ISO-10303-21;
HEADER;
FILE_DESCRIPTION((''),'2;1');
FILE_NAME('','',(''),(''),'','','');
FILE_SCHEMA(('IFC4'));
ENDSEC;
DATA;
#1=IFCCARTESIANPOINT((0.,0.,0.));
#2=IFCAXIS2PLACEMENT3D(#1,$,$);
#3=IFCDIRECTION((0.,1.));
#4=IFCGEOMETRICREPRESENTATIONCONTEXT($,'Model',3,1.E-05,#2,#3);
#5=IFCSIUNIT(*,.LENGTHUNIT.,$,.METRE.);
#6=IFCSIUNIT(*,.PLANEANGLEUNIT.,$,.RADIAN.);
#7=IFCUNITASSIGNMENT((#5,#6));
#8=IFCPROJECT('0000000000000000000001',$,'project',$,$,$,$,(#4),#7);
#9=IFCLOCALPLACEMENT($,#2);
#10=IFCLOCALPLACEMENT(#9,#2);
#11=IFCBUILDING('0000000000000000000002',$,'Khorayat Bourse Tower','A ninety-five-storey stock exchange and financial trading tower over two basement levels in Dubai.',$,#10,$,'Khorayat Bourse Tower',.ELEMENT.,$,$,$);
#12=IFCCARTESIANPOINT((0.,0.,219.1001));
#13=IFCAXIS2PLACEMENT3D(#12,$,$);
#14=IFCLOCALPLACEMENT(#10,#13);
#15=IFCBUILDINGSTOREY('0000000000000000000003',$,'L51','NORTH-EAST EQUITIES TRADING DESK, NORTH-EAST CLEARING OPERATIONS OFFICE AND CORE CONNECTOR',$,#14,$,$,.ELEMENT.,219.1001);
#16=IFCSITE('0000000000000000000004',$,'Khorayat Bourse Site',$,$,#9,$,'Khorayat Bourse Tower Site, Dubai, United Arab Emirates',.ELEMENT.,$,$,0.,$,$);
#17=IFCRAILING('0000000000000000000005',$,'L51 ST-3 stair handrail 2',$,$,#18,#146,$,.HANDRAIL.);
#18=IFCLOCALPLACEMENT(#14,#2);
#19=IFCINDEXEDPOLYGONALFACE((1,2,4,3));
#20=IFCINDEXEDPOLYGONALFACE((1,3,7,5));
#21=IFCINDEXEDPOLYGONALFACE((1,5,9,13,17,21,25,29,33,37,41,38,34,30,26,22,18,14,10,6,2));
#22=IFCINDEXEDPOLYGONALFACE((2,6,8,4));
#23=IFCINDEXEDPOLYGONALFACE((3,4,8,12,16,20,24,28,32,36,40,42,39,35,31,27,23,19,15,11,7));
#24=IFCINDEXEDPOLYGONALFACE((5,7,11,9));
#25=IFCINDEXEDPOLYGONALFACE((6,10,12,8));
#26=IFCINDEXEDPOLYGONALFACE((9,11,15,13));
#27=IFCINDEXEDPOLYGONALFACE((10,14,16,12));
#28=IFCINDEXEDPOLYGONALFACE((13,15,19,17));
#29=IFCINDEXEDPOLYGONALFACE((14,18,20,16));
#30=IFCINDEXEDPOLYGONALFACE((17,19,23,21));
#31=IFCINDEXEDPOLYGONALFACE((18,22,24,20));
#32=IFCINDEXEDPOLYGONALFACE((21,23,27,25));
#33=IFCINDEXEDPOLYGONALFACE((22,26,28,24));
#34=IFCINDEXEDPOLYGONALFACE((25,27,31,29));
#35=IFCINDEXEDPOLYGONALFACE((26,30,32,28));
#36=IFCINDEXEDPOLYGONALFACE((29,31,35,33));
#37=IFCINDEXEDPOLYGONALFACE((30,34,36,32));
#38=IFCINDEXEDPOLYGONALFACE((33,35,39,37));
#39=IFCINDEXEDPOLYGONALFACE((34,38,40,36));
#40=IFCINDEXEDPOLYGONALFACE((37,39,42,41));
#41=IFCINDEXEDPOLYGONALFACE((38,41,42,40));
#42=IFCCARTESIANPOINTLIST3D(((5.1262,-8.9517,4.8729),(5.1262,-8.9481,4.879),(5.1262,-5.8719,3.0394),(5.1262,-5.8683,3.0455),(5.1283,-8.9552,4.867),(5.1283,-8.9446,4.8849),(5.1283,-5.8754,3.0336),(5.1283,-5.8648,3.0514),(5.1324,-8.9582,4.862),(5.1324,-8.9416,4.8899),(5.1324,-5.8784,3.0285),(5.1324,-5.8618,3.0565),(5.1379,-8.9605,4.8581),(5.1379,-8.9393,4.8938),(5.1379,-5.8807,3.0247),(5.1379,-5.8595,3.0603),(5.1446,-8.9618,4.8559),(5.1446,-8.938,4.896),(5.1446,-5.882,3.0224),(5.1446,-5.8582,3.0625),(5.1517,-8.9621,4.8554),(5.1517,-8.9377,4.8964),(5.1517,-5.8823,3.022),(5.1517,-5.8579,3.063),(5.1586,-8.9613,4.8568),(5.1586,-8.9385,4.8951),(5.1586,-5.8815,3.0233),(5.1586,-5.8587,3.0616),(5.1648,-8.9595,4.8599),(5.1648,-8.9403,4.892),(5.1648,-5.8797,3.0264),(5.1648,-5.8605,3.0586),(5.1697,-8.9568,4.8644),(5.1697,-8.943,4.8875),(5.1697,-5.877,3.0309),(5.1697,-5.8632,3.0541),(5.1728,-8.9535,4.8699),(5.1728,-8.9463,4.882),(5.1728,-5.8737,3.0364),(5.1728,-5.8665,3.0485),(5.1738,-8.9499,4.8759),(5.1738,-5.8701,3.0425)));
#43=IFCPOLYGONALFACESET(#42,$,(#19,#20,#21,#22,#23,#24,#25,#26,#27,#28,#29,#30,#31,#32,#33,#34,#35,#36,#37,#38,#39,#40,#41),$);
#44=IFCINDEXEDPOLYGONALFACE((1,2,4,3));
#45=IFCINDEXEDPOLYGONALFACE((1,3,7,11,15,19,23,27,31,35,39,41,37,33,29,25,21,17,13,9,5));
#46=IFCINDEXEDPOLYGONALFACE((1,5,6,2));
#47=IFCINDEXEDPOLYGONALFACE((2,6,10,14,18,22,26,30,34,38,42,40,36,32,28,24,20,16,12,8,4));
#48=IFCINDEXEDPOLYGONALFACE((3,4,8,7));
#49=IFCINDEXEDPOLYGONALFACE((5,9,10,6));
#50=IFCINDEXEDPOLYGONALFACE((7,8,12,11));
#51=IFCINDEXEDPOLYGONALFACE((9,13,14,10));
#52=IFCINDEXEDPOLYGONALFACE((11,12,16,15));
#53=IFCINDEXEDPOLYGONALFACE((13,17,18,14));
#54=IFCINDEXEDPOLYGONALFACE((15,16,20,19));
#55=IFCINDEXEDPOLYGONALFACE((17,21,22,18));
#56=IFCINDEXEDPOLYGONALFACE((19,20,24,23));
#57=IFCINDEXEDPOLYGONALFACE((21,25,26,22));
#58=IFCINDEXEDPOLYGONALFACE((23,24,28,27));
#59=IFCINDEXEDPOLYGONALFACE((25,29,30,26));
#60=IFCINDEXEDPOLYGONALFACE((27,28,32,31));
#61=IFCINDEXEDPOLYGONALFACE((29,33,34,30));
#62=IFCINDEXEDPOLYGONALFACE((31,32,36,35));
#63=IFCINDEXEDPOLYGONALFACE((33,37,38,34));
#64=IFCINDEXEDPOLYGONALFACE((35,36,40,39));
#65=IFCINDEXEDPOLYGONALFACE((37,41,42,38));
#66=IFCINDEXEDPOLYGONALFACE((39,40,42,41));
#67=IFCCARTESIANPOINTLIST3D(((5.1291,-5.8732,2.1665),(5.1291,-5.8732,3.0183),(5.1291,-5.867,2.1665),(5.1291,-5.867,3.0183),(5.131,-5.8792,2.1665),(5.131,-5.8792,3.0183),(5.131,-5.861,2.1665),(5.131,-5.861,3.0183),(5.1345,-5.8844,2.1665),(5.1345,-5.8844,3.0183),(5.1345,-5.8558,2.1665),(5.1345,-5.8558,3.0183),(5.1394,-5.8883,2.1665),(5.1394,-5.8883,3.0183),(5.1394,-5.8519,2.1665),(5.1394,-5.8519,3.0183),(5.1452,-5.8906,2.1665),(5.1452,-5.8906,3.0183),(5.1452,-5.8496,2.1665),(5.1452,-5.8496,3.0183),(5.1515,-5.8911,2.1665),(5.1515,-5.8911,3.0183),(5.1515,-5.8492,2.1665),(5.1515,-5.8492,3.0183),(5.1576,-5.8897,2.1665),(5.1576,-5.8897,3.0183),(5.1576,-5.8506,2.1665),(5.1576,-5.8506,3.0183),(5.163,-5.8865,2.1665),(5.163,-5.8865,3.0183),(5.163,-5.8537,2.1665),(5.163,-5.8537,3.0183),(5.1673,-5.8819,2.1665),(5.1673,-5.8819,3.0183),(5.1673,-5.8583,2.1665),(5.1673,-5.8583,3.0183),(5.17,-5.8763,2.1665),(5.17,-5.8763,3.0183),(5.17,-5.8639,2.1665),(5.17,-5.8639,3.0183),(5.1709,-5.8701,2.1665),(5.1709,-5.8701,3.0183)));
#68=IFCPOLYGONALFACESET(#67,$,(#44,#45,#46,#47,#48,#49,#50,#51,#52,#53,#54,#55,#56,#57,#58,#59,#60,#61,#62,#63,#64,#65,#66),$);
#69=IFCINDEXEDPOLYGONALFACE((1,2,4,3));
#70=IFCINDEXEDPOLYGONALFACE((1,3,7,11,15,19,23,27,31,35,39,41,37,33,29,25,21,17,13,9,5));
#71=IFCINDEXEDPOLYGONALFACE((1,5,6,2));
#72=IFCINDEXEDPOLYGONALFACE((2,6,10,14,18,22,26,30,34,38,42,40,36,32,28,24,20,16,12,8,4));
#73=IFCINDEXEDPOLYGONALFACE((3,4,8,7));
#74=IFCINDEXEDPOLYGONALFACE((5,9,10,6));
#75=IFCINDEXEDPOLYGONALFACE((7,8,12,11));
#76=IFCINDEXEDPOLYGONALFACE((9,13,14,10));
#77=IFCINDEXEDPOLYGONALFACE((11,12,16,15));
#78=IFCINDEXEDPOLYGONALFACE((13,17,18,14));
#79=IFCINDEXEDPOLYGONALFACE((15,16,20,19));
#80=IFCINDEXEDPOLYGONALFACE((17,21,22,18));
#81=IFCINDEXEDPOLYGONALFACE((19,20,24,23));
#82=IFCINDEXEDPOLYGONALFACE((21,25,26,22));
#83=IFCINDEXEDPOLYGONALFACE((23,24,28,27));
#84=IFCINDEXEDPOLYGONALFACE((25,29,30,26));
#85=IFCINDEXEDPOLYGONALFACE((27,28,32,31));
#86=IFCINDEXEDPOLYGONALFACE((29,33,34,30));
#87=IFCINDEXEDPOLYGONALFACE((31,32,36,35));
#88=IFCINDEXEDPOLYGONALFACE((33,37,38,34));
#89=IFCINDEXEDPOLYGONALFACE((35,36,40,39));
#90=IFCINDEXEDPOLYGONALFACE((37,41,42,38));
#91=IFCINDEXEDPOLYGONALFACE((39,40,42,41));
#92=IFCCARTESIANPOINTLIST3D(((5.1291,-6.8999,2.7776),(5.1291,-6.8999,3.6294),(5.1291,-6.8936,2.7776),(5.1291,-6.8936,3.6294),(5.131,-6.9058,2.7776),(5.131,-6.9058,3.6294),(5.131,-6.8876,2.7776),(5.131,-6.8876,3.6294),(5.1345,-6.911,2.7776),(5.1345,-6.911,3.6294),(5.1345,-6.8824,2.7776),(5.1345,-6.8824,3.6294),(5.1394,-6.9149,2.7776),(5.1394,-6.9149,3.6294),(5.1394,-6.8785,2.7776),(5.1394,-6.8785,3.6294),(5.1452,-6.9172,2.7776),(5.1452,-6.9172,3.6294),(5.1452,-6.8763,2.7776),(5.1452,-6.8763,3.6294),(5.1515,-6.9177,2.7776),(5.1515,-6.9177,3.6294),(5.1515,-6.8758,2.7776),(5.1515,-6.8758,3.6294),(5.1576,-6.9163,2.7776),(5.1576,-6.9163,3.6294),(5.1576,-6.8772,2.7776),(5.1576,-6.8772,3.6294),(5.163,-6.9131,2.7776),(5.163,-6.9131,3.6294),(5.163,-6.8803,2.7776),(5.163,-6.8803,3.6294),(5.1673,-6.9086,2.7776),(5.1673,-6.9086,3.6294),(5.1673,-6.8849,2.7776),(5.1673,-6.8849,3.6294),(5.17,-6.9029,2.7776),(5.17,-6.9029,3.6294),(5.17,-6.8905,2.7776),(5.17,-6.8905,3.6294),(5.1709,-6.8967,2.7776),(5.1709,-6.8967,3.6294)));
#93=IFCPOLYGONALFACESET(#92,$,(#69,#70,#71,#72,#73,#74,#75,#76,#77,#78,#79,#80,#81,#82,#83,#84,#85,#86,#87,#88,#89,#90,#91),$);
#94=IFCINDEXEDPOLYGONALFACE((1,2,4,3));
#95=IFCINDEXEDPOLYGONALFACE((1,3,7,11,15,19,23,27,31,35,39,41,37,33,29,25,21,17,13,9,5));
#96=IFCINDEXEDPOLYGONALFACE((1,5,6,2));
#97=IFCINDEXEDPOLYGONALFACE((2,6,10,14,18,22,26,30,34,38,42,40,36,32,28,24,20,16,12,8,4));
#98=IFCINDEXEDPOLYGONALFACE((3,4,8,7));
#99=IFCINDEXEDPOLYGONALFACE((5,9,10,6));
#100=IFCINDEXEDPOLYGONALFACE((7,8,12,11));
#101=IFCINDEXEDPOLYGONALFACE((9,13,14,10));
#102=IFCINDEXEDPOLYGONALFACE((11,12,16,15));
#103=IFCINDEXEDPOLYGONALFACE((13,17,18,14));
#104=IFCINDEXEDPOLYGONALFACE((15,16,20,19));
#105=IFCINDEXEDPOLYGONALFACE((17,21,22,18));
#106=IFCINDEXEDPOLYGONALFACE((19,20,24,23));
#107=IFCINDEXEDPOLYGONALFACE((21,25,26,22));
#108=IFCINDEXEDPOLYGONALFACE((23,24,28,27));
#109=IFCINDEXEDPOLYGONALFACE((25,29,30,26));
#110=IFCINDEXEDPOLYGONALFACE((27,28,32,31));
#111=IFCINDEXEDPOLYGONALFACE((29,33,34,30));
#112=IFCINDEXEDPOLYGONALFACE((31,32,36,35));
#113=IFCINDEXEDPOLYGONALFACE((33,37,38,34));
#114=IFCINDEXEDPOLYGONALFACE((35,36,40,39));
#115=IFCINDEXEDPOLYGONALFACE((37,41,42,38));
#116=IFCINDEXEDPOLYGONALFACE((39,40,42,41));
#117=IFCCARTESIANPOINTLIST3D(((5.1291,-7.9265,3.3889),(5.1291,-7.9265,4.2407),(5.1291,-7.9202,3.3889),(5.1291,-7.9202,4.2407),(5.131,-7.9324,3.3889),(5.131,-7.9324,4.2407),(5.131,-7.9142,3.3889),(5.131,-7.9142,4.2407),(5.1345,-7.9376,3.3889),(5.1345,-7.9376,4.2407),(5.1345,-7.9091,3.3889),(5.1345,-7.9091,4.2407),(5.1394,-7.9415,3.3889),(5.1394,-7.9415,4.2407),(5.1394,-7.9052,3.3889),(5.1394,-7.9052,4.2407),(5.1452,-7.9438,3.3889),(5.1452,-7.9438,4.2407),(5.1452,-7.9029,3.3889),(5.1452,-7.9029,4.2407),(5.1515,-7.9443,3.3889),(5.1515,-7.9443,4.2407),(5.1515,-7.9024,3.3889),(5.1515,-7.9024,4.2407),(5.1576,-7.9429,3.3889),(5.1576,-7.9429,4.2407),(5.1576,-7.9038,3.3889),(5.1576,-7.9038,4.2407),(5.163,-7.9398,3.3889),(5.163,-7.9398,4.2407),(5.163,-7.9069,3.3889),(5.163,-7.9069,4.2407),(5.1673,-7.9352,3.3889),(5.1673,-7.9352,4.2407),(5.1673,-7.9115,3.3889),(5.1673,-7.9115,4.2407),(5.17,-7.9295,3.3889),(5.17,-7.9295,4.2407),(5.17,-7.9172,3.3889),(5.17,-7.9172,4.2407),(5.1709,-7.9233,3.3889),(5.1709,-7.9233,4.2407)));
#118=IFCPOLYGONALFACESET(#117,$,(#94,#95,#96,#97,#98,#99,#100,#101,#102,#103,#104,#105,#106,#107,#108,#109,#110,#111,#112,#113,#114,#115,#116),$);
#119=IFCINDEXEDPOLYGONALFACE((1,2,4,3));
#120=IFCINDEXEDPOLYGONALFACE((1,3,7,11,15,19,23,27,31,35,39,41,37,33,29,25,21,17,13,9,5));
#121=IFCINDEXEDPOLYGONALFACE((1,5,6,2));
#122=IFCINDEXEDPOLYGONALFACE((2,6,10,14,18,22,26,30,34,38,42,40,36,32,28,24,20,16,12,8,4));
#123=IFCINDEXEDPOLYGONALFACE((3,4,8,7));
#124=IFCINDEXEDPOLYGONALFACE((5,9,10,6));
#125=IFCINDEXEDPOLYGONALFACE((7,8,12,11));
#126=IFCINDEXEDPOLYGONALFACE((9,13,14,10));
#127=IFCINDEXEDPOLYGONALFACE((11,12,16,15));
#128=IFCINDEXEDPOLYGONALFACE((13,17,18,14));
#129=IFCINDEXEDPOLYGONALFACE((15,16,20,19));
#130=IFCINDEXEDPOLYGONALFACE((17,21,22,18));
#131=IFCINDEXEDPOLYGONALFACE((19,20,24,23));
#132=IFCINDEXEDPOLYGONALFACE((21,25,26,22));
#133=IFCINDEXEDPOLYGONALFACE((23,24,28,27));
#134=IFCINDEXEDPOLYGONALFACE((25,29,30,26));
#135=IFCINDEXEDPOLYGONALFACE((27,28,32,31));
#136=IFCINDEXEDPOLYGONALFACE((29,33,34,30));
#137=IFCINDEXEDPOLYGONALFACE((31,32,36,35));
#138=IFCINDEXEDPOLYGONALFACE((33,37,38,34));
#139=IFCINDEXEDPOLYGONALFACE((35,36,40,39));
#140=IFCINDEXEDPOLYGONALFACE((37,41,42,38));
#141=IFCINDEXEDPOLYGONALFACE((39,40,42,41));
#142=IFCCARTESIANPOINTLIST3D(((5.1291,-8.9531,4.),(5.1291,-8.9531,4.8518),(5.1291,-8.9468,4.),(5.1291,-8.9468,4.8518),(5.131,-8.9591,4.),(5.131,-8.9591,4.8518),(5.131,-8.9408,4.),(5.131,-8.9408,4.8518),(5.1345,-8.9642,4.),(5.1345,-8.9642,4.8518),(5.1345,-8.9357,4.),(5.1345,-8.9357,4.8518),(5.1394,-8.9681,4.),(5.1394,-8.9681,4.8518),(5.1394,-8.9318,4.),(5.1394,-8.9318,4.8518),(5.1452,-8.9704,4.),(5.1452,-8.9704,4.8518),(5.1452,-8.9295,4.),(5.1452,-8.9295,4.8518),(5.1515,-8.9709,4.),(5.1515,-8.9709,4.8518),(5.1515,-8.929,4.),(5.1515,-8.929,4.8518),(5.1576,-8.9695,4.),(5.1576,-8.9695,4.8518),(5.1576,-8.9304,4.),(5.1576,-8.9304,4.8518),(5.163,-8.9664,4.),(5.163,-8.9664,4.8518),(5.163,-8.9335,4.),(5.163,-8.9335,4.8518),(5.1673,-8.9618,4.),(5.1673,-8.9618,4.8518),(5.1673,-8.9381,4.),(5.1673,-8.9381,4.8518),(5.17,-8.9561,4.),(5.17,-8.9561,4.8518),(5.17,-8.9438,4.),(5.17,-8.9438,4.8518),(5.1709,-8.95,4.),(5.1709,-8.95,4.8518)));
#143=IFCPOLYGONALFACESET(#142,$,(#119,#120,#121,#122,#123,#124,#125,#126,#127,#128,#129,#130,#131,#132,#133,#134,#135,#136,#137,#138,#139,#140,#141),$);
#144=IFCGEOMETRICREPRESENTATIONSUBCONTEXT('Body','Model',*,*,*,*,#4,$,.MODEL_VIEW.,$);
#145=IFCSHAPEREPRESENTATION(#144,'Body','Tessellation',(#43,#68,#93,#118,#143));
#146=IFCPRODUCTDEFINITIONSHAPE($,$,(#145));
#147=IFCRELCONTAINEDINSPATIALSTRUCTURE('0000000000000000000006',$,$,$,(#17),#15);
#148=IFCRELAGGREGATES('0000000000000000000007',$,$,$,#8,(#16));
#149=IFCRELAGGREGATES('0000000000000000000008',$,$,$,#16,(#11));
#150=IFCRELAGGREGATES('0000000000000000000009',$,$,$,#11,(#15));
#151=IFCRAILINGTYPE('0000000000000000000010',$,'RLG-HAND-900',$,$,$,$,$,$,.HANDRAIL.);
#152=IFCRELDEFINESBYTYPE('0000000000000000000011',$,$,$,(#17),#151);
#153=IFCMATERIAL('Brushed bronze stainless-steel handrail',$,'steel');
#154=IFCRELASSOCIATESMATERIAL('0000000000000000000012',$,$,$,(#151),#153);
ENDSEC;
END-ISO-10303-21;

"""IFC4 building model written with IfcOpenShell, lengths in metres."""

from ifc_helpers import new_model, si_unit, direction, frame, origin, origin_2d, place, context, subcontext, project, spatial, circle, extrude, source, transform, mapped, material, type_object, element, save


model = new_model("IFC4")

# Units and contexts
model_context = context("Model", 3, precision=1e-05, world=origin(), true_north=direction((0.0, 1.0)))
body_context = subcontext(model_context, "Body", "Model", "MODEL_VIEW")
ifc_project = project(units=[si_unit("LENGTHUNIT", "METRE"), si_unit("PLANEANGLEUNIT", "RADIAN")], contexts=[model_context])

# Site, building, storey
site_placement = place(None, origin())
site = spatial("IfcSite", under=ifc_project, at=site_placement, Name="Khorayat Bourse Site", LongName="Khorayat Bourse Tower Site, Dubai, United Arab Emirates", CompositionType="ELEMENT", RefElevation=0.0)
building_placement = place(site_placement, origin())
building = spatial("IfcBuilding", under=site, at=building_placement, Name="Khorayat Bourse Tower", Description="A ninety-five-storey stock exchange and financial trading tower over two basement levels in Dubai.", LongName="Khorayat Bourse Tower", CompositionType="ELEMENT")
storey_placement = place(building_placement, frame((0.0, 0.0, 219.1001)))
storey = spatial("IfcBuildingStorey", under=building, at=storey_placement, Name="L51", Description="NORTH-EAST EQUITIES TRADING DESK, NORTH-EAST CLEARING OPERATIONS OFFICE AND CORE CONNECTOR", CompositionType="ELEMENT", Elevation=219.1001)

# Railing
ifc_material_1 = material(Name="Brushed bronze stainless-steel handrail", Category="steel")
railing_type_1 = type_object("IfcRailingType", Name="RLG-HAND-900", PredefinedType="HANDRAIL", material=ifc_material_1)
shared_shape_1 = source(origin(), body_context, "Body", "SweptSolid", [
    extrude(circle(Radius=0.0239, at=origin_2d()), frame((0.0, 0.0, 0.876), z_axis=(0.0, -0.859261, 0.511538), x_axis=(1.0, 0.0, 0.0)), (0.0, 0.0, 1.0), 3.5842),
    extrude(circle(Radius=0.021, at=origin_2d()), origin(), (0.0, 0.0, 1.0), 0.8518),
    extrude(circle(Radius=0.021, at=origin_2d()), frame((0.0, -1.0266, 0.6111)), (0.0, 0.0, 1.0), 0.8518),
    extrude(circle(Radius=0.021, at=origin_2d()), frame((0.0, -2.0532, 1.2224)), (0.0, 0.0, 1.0), 0.8518),
    extrude(circle(Radius=0.021, at=origin_2d()), frame((0.0, -3.0798, 1.8335)), (0.0, 0.0, 1.0), 0.8518),
])
railing_1_placement = place(storey_placement, frame((5.1499, -5.8701, 2.1665)))
element("IfcRailing", 1, at=railing_1_placement, inside=storey, type_object=railing_type_1, Name="L51 ST-3 stair handrail 2", PredefinedType="HANDRAIL", context=body_context, shape_type="MappedRepresentation", body=[
    mapped(shared_shape_1, transform((0.0, 0.0, 0.0), scale=1.0)),
])

save(model, "model.ifc")
